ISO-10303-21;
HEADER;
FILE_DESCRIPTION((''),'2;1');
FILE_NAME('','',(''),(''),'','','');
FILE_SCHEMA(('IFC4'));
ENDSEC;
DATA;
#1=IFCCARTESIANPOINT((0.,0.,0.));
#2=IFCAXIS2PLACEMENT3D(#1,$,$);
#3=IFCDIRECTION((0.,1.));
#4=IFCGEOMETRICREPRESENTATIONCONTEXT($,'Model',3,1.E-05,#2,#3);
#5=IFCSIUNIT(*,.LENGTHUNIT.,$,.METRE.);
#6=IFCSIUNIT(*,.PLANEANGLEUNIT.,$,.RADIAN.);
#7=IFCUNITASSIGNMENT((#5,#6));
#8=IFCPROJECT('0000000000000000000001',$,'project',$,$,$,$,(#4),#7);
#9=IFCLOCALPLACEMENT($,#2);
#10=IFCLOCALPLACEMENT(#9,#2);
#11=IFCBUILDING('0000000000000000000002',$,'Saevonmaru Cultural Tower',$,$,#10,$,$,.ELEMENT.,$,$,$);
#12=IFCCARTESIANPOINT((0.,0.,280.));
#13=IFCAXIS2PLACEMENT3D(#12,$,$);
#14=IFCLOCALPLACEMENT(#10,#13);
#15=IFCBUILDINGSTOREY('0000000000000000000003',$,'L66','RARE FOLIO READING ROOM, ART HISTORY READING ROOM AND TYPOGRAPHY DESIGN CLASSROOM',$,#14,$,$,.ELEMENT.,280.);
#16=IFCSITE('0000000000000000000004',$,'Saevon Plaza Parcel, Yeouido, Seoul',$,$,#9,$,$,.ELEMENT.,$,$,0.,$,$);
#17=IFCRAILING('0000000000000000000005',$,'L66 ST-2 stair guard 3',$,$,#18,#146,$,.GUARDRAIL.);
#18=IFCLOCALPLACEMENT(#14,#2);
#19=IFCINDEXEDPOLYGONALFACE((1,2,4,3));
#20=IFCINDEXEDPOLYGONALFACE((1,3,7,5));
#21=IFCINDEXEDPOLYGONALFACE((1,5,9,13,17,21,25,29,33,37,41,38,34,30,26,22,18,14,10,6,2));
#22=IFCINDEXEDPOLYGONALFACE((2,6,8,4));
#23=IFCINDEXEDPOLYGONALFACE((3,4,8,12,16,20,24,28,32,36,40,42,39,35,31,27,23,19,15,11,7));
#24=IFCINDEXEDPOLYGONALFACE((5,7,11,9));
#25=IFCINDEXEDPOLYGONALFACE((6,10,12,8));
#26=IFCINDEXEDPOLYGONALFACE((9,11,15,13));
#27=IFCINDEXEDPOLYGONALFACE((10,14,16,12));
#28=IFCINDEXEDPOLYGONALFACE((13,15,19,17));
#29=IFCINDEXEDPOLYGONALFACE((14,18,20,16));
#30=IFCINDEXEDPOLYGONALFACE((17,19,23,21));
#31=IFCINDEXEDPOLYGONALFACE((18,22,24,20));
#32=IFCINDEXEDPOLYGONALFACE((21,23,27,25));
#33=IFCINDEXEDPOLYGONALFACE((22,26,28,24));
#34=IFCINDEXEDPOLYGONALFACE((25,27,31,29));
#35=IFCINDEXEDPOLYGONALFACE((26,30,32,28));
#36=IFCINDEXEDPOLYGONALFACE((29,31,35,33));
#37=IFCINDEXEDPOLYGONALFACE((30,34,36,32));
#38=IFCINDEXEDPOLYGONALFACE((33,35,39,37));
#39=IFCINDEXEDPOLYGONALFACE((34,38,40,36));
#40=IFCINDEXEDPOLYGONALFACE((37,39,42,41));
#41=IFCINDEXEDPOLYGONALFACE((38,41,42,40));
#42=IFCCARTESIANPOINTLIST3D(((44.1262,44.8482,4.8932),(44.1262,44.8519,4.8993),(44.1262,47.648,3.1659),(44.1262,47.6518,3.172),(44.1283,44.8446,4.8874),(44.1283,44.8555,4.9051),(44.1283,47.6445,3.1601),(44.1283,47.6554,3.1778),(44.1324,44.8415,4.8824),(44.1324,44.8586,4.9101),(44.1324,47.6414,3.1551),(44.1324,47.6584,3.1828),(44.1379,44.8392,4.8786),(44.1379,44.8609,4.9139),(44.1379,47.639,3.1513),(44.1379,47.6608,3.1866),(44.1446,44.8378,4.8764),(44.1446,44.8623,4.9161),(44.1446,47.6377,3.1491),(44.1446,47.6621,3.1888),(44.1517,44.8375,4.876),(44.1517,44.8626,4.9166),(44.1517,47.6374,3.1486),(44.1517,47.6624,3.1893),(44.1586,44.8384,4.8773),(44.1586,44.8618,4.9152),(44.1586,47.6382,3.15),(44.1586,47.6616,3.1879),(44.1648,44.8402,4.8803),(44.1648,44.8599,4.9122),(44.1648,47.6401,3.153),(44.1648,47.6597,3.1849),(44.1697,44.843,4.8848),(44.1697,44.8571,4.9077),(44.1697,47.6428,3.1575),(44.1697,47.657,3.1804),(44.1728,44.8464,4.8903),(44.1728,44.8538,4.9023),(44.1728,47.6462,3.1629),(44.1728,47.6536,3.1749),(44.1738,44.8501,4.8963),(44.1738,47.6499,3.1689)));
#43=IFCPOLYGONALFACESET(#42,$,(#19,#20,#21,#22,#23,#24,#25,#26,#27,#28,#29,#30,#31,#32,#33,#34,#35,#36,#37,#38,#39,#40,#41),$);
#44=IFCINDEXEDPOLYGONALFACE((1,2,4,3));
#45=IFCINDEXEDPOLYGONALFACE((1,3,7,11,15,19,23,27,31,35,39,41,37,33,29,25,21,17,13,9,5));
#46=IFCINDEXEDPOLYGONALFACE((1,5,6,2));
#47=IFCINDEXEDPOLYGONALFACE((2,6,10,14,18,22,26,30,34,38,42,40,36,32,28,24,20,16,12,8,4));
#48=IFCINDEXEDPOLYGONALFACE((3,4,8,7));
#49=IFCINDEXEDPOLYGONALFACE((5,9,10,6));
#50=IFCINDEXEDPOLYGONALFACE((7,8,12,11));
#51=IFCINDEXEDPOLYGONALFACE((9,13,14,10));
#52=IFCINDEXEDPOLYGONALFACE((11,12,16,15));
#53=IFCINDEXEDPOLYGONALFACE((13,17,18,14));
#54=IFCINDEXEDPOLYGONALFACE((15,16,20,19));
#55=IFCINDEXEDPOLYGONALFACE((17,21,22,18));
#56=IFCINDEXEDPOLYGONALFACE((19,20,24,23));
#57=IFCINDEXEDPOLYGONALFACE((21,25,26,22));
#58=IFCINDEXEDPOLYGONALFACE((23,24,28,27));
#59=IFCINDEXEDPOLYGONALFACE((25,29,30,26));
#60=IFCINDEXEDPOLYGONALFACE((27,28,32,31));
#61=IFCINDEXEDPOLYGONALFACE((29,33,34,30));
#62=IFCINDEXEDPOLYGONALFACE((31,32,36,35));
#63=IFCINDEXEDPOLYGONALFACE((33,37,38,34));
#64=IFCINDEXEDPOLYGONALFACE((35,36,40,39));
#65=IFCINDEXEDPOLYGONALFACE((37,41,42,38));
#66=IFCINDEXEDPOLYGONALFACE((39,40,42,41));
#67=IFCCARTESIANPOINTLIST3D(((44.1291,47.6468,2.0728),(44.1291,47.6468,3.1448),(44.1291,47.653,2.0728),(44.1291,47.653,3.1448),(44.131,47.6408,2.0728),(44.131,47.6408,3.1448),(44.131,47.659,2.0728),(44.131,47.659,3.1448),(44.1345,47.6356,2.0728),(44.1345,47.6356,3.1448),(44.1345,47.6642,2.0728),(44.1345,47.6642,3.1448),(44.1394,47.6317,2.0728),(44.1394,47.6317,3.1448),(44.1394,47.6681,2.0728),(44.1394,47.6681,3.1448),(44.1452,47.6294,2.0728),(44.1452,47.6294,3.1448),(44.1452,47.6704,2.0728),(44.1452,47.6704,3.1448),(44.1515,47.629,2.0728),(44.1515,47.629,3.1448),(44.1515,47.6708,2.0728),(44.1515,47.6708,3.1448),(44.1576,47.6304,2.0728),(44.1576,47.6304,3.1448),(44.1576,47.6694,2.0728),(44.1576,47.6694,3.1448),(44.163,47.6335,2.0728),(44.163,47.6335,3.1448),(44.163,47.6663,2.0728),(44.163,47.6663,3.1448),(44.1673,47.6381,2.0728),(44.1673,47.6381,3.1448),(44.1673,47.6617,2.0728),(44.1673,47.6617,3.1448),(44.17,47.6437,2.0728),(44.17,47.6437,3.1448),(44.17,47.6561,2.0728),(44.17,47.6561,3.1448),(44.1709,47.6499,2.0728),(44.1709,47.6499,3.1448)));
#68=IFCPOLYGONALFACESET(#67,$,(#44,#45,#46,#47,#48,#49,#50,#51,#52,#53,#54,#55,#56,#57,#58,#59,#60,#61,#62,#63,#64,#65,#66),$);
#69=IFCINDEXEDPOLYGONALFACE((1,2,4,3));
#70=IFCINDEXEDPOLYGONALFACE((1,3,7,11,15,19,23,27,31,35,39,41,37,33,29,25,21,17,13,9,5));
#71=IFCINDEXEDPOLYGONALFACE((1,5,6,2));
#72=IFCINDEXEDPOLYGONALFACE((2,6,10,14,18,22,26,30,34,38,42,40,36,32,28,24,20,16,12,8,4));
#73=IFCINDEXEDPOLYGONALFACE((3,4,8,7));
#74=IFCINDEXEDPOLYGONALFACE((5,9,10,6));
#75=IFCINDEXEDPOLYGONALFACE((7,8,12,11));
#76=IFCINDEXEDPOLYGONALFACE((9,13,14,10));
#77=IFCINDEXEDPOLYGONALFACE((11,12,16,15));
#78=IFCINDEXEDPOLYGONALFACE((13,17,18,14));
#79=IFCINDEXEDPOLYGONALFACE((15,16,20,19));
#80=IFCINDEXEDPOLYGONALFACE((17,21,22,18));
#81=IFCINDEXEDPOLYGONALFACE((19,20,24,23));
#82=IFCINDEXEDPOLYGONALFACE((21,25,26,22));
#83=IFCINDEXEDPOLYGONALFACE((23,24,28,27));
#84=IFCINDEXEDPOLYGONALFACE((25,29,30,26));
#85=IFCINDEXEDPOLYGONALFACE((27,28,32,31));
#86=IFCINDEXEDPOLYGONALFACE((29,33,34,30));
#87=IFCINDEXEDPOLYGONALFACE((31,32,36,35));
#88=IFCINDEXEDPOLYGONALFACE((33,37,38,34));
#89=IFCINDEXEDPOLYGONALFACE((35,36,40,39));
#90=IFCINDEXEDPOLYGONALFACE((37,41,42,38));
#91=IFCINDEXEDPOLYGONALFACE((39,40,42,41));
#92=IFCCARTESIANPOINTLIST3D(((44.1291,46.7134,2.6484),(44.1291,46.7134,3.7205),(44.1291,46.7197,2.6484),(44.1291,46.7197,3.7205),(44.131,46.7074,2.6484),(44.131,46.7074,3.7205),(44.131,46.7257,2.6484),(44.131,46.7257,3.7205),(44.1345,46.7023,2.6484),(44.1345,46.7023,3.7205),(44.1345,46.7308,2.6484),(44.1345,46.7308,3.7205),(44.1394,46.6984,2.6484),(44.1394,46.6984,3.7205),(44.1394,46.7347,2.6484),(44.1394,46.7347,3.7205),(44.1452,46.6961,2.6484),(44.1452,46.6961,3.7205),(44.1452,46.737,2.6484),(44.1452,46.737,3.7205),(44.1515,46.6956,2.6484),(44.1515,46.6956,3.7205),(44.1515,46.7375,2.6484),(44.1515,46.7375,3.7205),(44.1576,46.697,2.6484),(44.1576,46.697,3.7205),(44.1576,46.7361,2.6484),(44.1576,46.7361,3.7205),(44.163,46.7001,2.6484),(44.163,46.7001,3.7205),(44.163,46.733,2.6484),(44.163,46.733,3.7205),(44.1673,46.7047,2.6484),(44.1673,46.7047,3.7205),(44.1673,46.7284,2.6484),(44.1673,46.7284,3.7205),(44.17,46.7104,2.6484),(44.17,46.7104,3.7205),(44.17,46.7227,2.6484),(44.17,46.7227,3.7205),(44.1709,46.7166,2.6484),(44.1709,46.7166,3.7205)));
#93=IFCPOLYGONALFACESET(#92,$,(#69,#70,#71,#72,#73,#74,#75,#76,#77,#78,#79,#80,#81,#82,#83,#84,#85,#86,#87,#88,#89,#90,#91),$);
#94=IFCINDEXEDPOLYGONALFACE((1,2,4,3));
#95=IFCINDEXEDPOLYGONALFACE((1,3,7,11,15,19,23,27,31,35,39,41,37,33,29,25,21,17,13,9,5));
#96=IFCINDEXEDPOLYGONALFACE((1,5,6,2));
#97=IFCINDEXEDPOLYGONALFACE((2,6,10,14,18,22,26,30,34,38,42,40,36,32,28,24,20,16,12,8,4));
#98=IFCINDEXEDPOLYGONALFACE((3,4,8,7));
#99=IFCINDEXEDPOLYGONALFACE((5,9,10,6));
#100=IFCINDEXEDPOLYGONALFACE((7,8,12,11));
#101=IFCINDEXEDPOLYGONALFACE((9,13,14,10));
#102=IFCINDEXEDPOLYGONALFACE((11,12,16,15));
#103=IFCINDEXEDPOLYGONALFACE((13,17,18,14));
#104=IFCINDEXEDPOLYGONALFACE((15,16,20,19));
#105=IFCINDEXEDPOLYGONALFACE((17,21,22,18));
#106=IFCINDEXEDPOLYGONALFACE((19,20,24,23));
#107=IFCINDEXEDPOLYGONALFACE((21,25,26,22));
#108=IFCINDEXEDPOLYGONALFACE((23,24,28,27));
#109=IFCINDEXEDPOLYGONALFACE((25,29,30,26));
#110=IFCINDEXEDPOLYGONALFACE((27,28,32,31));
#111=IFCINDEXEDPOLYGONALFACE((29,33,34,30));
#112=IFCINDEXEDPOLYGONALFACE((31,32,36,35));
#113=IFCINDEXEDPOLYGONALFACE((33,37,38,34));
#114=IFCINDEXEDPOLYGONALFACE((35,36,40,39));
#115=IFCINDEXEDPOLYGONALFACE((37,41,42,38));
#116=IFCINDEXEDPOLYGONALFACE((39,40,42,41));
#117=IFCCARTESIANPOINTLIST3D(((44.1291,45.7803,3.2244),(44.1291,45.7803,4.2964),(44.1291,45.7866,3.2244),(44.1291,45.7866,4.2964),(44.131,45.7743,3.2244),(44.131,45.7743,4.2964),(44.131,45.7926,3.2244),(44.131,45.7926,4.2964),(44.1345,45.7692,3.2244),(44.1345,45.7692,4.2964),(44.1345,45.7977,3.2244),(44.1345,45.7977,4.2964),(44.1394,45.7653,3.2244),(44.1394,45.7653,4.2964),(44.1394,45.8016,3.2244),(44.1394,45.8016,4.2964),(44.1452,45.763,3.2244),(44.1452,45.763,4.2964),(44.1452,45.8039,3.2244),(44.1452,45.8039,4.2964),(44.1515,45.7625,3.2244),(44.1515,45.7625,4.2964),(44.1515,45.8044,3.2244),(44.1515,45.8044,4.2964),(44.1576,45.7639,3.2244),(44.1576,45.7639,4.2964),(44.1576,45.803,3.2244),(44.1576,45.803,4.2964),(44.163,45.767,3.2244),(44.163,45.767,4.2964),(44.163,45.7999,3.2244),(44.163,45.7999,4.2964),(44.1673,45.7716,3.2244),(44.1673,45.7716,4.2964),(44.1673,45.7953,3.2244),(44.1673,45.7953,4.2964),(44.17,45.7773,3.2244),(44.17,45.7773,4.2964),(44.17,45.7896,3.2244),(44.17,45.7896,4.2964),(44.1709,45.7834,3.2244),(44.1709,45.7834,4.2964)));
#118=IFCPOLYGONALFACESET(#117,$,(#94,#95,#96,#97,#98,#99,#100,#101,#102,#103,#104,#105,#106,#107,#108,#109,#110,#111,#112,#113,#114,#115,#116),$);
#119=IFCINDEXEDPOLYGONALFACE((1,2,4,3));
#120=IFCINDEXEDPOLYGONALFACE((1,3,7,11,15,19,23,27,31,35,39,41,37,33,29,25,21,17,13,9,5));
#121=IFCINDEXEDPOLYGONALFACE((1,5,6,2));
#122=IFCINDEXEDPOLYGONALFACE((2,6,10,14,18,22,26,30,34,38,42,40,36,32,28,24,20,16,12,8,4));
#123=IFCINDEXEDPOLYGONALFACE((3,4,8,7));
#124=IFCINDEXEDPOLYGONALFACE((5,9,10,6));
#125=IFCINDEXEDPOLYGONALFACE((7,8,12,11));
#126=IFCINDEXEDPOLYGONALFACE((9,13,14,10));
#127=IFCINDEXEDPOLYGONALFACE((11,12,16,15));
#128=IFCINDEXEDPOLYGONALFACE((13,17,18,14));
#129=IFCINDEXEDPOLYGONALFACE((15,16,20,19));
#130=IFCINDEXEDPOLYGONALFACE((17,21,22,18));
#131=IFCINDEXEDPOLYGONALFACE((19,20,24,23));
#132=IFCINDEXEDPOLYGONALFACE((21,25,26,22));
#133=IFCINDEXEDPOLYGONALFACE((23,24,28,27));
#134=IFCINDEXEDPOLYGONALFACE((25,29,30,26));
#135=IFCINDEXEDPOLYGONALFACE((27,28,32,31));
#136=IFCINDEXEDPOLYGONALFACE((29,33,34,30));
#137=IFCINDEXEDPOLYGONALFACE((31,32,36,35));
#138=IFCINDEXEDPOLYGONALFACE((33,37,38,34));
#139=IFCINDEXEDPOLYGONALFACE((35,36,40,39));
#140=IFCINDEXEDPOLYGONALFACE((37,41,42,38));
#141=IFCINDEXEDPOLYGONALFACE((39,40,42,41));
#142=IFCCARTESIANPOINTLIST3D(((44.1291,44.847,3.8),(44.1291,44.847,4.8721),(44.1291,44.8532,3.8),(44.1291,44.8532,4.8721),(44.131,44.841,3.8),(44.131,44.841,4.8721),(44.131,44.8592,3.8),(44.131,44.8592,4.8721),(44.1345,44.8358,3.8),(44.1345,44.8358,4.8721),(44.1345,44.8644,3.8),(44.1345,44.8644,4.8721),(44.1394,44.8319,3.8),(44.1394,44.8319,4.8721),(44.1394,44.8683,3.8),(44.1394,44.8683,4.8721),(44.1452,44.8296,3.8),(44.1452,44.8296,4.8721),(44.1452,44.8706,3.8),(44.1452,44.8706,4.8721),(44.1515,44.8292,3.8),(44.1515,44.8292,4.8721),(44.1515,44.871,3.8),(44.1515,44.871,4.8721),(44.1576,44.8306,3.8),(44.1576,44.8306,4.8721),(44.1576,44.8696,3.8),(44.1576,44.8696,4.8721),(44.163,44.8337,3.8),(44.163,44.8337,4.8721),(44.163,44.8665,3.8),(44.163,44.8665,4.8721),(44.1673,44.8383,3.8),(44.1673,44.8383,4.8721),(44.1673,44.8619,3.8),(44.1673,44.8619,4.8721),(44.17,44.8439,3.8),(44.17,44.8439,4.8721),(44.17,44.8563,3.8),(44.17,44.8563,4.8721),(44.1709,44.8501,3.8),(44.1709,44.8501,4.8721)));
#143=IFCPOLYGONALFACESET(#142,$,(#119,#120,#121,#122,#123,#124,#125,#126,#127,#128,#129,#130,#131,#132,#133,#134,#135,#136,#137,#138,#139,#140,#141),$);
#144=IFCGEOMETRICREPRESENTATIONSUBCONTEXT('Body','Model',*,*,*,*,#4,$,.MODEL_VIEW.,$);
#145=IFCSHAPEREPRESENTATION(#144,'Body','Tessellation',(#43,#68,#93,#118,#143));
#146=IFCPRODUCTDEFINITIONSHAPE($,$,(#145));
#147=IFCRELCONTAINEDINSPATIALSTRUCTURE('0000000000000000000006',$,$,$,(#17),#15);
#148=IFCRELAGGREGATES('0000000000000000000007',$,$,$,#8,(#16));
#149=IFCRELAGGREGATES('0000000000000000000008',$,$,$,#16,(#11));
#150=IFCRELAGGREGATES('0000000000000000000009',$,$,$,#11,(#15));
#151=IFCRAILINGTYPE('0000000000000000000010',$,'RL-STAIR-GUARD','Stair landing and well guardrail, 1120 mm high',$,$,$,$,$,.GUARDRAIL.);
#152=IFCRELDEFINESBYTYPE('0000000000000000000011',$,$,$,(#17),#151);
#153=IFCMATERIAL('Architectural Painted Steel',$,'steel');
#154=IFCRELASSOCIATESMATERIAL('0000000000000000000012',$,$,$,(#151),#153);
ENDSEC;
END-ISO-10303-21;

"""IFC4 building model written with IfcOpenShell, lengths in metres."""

from ifc_helpers import new_model, si_unit, direction, frame, origin, origin_2d, place, context, subcontext, project, spatial, circle, extrude, material, type_object, element, save


model = new_model("IFC4")

# Units and contexts
model_context = context("Model", 3, precision=1e-05, world=origin(), true_north=direction((0.0, 1.0)))
body_context = subcontext(model_context, "Body", "Model", "MODEL_VIEW")
ifc_project = project(units=[si_unit("LENGTHUNIT", "METRE"), si_unit("PLANEANGLEUNIT", "RADIAN")], contexts=[model_context])

# Site, building, storey
site_placement = place(None, origin())
site = spatial("IfcSite", under=ifc_project, at=site_placement, Name="Saevon Plaza Parcel, Yeouido, Seoul", CompositionType="ELEMENT", RefElevation=0.0)
building_placement = place(site_placement, origin())
building = spatial("IfcBuilding", under=site, at=building_placement, Name="Saevonmaru Cultural Tower", CompositionType="ELEMENT")
storey_placement = place(building_placement, frame((0.0, 0.0, 280.0)))
storey = spatial("IfcBuildingStorey", under=building, at=storey_placement, Name="L66", Description="RARE FOLIO READING ROOM, ART HISTORY READING ROOM AND TYPOGRAPHY DESIGN CLASSROOM", CompositionType="ELEMENT", Elevation=280.0)

# Railing
ifc_material_1 = material(Name="Architectural Painted Steel", Category="steel")
railing_type_1 = type_object("IfcRailingType", Name="RL-STAIR-GUARD", Description="Stair landing and well guardrail, 1120 mm high", PredefinedType="GUARDRAIL", material=ifc_material_1)
railing_1_placement = place(storey_placement, frame((44.1499, 47.6499, 2.0728)))
element("IfcRailing", 1, at=railing_1_placement, inside=storey, type_object=railing_type_1, Name="L66 ST-2 stair guard 3", PredefinedType="GUARDRAIL", context=body_context, shape_type="SweptSolid", body=[
    extrude(circle(Radius=0.0239, at=origin_2d()), frame((0.0, 0.0, 1.0962), z_axis=(0.0, -0.851069, 0.525054), x_axis=(1.0, 0.0, 0.0)), (0.0, 0.0, 1.0), 3.2898),
    extrude(circle(Radius=0.021, at=origin_2d()), origin(), (0.0, 0.0, 1.0), 1.072),
    extrude(circle(Radius=0.021, at=origin_2d()), frame((0.0, -0.9333, 0.5757)), (0.0, 0.0, 1.0), 1.072),
    extrude(circle(Radius=0.021, at=origin_2d()), frame((0.0, -1.8665, 1.1516)), (0.0, 0.0, 1.0), 1.072),
    extrude(circle(Radius=0.021, at=origin_2d()), frame((0.0, -2.7998, 1.7273)), (0.0, 0.0, 1.0), 1.072),
])

save(model, "model.ifc")
